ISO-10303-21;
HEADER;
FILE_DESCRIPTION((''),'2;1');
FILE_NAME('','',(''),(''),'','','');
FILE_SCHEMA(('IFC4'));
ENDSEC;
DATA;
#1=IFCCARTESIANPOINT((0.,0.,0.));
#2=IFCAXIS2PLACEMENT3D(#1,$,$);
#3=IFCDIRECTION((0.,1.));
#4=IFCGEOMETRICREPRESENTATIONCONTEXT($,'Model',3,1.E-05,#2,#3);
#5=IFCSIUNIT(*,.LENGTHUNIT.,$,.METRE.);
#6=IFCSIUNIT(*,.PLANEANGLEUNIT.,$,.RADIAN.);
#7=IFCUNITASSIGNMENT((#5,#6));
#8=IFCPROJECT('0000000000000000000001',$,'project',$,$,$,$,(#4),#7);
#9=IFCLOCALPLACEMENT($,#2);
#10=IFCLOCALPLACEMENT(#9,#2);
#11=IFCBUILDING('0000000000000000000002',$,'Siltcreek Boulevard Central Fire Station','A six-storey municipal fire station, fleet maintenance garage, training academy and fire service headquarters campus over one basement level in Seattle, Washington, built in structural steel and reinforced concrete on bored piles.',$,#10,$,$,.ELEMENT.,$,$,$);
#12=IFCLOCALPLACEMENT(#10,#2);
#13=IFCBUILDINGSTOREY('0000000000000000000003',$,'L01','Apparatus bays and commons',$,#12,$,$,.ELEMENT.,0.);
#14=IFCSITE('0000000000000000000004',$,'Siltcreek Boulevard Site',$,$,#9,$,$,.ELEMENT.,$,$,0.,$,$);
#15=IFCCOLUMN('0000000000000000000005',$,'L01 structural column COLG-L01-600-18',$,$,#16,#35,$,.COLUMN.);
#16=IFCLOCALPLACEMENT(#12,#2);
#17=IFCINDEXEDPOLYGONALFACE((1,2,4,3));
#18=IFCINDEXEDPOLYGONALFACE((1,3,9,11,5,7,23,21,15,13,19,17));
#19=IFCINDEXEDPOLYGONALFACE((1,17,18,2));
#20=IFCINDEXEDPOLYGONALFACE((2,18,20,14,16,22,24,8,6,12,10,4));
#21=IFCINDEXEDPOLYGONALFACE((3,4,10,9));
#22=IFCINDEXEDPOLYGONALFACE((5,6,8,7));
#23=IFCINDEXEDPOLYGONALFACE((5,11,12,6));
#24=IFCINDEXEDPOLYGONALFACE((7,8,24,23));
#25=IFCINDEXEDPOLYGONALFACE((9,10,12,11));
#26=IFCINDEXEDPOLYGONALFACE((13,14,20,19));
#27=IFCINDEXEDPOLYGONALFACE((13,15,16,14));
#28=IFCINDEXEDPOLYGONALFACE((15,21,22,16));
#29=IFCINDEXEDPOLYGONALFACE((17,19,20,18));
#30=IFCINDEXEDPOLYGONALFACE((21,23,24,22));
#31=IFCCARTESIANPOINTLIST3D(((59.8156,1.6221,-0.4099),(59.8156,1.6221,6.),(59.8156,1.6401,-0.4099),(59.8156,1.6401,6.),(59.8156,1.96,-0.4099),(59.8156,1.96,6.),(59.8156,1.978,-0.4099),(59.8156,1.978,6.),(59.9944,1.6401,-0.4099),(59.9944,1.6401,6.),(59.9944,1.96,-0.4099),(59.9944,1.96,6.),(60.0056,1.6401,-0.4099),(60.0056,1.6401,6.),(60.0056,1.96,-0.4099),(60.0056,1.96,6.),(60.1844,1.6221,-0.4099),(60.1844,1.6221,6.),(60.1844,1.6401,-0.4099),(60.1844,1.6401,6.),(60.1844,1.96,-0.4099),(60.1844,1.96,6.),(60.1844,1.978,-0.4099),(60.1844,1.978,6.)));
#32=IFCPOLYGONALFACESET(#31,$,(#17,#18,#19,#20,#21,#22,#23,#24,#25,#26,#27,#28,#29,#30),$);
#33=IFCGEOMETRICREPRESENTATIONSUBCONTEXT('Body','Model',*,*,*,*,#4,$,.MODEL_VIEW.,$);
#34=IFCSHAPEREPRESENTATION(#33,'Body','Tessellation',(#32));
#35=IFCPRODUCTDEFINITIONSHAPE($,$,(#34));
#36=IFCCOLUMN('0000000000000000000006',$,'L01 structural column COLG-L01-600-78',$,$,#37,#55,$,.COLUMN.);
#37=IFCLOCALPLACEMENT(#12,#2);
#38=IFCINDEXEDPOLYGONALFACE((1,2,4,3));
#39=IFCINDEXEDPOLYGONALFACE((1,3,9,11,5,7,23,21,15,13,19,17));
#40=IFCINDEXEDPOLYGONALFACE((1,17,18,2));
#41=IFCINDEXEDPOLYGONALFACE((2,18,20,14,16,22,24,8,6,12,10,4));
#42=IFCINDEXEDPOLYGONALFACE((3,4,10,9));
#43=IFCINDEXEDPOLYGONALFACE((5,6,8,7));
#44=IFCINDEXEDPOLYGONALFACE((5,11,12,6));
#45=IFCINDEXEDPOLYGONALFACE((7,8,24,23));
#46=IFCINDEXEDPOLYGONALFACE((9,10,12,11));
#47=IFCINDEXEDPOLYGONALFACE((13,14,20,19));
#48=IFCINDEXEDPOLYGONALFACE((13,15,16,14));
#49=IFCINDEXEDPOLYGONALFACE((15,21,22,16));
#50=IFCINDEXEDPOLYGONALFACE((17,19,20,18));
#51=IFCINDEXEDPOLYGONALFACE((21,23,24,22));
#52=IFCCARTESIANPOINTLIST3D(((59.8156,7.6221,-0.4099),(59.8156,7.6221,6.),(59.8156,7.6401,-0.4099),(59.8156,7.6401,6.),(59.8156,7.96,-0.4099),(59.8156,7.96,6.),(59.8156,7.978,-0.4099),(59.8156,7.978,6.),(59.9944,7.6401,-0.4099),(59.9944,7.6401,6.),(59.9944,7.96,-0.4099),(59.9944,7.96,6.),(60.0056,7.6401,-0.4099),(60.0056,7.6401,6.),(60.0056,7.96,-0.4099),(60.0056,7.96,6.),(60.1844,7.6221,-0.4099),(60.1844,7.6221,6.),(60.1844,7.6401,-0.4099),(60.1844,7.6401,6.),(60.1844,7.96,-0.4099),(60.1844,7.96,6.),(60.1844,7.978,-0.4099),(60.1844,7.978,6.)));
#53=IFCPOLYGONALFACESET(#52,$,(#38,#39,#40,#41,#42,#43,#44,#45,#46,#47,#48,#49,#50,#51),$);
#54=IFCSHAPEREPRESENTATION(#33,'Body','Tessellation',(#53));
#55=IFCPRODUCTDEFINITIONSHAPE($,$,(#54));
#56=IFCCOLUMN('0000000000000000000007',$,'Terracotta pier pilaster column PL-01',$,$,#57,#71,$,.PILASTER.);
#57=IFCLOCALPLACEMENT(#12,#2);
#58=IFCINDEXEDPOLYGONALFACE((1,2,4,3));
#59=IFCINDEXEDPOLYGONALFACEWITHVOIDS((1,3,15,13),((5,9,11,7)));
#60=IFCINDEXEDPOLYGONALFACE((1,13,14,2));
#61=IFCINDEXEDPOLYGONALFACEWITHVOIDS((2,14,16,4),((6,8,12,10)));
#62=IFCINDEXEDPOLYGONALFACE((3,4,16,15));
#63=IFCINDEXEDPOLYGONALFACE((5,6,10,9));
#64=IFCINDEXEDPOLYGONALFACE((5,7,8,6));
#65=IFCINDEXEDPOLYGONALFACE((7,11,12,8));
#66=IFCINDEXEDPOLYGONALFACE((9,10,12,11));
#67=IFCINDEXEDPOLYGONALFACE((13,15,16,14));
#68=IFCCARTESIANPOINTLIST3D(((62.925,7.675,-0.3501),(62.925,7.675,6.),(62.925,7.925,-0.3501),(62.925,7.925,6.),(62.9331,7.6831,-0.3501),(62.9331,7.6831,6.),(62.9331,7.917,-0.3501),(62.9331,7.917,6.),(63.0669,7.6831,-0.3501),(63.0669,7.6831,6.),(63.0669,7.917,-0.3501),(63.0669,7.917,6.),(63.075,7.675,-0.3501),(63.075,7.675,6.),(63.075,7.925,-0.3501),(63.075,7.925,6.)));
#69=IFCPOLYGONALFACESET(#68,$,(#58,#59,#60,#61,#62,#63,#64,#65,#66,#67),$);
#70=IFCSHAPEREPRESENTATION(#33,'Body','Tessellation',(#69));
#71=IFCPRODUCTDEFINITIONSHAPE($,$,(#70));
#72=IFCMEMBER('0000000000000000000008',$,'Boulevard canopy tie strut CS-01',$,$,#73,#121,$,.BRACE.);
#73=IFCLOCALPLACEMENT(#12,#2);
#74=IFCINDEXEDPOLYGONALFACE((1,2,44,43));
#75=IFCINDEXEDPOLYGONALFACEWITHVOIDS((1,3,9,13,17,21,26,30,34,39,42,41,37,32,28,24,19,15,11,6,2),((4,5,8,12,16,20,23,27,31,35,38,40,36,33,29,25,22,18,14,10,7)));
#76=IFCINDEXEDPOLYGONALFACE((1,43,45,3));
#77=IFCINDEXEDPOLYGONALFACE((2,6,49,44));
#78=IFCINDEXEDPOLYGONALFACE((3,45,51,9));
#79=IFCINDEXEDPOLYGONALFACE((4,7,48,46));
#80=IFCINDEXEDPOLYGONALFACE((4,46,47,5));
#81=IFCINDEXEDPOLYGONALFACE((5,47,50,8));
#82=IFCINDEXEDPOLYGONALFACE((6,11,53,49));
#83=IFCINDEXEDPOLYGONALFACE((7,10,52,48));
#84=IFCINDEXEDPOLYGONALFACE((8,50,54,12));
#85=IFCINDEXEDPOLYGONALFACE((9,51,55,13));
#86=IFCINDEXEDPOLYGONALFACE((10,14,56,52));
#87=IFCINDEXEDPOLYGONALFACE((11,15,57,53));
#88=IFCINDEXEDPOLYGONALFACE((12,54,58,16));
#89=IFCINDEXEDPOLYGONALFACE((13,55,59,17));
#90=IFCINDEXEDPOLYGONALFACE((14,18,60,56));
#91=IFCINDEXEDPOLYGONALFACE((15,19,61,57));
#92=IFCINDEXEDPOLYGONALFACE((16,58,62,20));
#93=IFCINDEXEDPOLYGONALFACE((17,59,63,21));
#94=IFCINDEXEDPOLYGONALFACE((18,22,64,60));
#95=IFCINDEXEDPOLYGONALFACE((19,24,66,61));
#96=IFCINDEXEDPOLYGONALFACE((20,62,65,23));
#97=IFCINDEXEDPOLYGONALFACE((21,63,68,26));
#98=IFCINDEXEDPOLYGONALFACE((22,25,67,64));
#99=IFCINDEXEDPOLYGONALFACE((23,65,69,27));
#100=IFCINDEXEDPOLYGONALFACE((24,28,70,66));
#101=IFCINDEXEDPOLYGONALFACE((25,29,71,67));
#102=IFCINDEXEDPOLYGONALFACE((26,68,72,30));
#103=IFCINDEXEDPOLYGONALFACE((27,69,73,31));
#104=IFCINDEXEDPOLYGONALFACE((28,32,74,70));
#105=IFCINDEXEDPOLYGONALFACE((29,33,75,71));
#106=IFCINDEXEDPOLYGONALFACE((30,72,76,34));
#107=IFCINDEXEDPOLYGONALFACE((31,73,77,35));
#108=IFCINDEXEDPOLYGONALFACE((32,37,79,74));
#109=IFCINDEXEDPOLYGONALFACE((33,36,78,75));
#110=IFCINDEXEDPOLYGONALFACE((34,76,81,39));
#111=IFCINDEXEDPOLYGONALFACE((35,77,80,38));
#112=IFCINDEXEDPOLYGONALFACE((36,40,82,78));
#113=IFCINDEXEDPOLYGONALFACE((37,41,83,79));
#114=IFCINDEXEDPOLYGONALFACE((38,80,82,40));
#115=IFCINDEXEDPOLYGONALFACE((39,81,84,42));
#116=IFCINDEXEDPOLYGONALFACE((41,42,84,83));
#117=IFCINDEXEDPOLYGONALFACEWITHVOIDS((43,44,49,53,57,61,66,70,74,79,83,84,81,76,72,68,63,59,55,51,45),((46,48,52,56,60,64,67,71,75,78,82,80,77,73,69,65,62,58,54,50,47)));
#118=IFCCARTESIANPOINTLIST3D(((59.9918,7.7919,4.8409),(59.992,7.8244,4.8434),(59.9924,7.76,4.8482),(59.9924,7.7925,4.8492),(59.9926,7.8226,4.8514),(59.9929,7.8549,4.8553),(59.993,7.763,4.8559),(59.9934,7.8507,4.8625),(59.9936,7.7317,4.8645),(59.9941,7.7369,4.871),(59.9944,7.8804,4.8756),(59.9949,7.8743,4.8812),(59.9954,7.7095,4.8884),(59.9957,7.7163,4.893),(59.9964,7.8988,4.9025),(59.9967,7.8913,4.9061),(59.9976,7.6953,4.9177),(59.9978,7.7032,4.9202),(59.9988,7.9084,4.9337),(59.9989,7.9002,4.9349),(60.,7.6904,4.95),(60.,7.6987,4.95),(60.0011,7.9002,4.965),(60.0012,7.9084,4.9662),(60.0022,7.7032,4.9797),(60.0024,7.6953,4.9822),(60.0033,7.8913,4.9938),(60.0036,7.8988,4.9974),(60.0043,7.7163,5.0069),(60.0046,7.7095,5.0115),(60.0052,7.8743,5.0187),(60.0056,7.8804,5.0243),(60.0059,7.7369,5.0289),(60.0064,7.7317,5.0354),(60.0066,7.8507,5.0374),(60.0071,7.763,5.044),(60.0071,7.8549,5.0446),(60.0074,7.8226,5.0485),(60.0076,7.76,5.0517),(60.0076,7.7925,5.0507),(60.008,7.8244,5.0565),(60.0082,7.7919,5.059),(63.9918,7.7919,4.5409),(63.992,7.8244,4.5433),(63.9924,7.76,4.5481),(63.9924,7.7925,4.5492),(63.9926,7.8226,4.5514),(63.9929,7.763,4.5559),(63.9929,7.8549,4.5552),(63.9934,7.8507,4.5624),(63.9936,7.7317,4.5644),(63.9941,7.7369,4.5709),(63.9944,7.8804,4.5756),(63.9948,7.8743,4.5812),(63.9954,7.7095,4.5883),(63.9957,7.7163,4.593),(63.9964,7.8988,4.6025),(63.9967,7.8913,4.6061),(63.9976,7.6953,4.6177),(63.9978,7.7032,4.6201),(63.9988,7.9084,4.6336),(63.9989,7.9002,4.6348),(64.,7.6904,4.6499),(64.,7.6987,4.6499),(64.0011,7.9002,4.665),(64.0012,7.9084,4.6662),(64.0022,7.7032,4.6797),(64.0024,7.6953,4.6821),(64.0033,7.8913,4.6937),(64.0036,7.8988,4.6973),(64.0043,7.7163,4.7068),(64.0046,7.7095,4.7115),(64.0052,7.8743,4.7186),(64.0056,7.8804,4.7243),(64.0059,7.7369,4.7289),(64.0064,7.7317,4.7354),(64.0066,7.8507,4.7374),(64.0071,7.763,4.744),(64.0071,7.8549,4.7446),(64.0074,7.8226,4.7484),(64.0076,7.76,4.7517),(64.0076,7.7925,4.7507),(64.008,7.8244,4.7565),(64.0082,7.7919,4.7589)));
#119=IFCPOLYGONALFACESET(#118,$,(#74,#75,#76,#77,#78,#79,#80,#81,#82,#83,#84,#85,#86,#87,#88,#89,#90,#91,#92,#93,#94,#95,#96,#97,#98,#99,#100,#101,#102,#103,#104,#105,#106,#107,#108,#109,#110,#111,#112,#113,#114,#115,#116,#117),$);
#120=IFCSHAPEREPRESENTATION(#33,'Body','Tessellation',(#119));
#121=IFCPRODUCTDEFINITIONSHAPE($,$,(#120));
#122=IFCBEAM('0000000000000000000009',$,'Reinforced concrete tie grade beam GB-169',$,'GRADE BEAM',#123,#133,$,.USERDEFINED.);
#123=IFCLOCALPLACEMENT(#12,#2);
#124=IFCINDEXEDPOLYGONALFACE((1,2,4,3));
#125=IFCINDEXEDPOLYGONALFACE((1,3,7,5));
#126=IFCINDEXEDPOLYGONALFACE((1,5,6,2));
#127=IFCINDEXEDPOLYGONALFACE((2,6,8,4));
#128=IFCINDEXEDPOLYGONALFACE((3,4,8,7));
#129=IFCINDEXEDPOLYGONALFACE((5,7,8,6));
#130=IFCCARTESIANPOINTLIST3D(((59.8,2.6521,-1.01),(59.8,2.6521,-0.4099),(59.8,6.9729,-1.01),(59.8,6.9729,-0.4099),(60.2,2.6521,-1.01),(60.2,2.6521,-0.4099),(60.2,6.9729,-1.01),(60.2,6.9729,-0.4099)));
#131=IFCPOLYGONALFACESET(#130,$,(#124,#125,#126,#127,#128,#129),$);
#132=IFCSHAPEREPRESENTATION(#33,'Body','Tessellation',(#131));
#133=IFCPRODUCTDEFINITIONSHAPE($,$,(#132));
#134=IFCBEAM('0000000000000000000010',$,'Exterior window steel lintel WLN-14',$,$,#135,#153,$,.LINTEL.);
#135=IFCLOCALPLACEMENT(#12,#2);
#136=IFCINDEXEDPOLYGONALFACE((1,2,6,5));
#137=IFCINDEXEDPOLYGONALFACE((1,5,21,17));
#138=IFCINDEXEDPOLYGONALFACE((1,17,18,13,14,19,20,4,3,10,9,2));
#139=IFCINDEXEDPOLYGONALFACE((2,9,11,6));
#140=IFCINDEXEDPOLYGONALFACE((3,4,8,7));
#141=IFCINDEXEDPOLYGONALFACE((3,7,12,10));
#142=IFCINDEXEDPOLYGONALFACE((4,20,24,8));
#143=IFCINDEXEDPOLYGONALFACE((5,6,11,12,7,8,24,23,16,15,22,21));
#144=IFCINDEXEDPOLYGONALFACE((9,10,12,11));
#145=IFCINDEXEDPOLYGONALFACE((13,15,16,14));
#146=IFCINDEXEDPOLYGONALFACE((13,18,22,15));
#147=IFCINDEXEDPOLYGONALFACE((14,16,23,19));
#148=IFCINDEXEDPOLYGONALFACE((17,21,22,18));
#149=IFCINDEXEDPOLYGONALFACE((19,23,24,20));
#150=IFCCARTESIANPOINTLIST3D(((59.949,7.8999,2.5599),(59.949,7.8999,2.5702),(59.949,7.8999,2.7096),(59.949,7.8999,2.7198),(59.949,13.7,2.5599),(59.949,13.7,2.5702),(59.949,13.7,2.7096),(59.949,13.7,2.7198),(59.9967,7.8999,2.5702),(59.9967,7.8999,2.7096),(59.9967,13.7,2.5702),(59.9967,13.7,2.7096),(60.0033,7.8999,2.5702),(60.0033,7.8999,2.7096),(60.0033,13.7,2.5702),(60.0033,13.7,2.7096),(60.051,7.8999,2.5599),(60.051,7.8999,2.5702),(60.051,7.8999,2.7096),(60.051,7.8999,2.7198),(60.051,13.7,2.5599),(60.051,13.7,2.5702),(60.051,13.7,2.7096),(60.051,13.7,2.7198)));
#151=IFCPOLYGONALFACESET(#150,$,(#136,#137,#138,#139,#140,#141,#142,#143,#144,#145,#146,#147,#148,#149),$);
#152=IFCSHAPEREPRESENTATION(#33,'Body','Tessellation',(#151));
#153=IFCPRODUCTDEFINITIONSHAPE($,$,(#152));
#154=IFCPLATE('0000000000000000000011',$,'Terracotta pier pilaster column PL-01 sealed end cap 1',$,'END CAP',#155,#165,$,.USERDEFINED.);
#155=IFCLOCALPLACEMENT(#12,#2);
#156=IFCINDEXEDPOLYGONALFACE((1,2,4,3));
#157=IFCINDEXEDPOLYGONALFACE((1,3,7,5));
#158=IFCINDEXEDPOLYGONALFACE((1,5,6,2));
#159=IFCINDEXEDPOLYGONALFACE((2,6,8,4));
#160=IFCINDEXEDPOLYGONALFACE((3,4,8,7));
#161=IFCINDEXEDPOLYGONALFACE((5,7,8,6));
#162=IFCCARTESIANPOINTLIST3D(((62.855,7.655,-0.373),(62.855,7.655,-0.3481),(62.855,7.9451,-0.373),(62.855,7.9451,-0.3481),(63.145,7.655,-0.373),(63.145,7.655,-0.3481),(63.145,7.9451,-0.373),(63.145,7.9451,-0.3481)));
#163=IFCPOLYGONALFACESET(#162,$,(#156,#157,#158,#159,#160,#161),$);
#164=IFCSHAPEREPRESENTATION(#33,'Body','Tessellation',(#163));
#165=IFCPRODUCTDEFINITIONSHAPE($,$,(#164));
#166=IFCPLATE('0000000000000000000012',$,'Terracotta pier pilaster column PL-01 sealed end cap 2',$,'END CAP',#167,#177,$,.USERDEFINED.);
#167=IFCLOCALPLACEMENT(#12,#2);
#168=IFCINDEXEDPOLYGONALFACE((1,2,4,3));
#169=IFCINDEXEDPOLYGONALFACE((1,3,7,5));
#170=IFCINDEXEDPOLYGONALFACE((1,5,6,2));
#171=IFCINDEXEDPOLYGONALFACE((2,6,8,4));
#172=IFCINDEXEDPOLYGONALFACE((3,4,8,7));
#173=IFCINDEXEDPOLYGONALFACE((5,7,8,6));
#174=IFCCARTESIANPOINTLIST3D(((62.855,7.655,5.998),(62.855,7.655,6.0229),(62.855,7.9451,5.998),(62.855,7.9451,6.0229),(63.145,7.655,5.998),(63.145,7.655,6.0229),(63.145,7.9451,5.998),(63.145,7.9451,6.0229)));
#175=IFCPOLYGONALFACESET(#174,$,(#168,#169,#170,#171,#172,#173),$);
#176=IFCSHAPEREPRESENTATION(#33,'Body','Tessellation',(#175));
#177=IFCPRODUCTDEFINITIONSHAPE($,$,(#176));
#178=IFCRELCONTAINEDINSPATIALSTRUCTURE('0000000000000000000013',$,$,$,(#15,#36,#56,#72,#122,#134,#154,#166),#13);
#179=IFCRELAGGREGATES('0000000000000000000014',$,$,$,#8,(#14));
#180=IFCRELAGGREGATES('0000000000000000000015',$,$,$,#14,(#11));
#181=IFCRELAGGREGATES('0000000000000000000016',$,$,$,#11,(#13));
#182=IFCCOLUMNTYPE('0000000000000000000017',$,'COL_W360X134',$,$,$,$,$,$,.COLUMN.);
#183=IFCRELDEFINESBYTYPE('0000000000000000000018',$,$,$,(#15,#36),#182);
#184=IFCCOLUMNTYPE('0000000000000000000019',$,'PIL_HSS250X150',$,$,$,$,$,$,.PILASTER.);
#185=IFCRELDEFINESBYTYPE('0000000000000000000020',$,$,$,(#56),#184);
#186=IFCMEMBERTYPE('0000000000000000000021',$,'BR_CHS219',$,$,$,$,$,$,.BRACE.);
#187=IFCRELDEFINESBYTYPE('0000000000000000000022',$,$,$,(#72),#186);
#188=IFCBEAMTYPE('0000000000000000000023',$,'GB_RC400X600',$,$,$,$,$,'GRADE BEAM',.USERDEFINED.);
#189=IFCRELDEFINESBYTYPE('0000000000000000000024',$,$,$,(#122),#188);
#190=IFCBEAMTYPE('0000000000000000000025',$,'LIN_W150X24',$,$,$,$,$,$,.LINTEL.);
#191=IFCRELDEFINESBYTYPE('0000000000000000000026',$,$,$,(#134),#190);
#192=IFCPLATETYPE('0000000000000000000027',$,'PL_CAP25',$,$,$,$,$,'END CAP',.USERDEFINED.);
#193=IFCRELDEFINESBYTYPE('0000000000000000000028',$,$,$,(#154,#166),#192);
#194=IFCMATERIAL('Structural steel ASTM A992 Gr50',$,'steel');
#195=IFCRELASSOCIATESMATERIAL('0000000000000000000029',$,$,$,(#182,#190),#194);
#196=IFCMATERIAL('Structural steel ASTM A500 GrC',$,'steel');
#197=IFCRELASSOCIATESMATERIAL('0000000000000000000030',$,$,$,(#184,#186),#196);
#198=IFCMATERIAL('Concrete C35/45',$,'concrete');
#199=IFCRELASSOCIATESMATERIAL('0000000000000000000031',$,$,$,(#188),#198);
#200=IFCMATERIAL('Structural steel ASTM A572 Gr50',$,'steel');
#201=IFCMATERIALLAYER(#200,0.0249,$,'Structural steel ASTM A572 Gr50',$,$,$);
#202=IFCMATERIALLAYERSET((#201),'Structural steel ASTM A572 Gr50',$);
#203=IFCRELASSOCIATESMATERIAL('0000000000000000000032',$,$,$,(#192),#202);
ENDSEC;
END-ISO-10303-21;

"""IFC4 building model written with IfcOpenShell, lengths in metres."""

from ifc_helpers import new_model, si_unit, direction, frame, origin, origin_2d, place, context, subcontext, project, spatial, rectangle, hollow_rectangle, hollow_circle, i_section, extrude, material, layer, layer_set, material_profile, profile_set, type_object, element, save


model = new_model("IFC4")

# Units and contexts
model_context = context("Model", 3, precision=1e-05, world=origin(), true_north=direction((0.0, 1.0)))
body_context = subcontext(model_context, "Body", "Model", "MODEL_VIEW")
ifc_project = project(units=[si_unit("LENGTHUNIT", "METRE"), si_unit("PLANEANGLEUNIT", "RADIAN")], contexts=[model_context])

# Site, building, storey
site_placement = place(None, origin())
site = spatial("IfcSite", under=ifc_project, at=site_placement, Name="Siltcreek Boulevard Site", CompositionType="ELEMENT", RefElevation=0.0)
building_placement = place(site_placement, origin())
building = spatial("IfcBuilding", under=site, at=building_placement, Name="Siltcreek Boulevard Central Fire Station", Description="A six-storey municipal fire station, fleet maintenance garage, training academy and fire service headquarters campus over one basement level in Seattle, Washington, built in structural steel and reinforced concrete on bored piles.", CompositionType="ELEMENT")
storey_placement = place(building_placement, origin())
storey = spatial("IfcBuildingStorey", under=building, at=storey_placement, Name="L01", Description="Apparatus bays and commons", CompositionType="ELEMENT", Elevation=0.0)

# Shared definitions
ifc_material_1 = material(Name="Concrete C35/45", Category="concrete")

# Columns
ifc_material_2 = material(Name="Structural steel ASTM A500 GrC", Category="steel")
ifc_material_3 = material(Name="Structural steel ASTM A992 Gr50", Category="steel")
ifc_material_profile_1 = material_profile(ifc_material_3, i_section(OverallWidth=0.3689, OverallDepth=0.356, WebThickness=0.0112, FlangeThickness=0.0181, at=origin_2d()), Name="W360X134")
ifc_profile_set_1 = profile_set([ifc_material_profile_1], Name="Structural steel ASTM A992 Gr50")
column_type_1 = type_object("IfcColumnType", Name="COL_W360X134", PredefinedType="COLUMN", material=ifc_profile_set_1)
for number, where, z_axis, x_axis, name in (
    (1, (60.0, 1.8, -0.4099), (0.0, 0.0, 1.0), (1.0, 0.0, 0.0), "L01 structural column COLG-L01-600-18"),
    (2, (60.0, 7.8, -0.4099), (0.0, 0.0, 1.0), (1.0, 0.0, 0.0), "L01 structural column COLG-L01-600-78"),
):
    element("IfcColumn", number, at=place(storey_placement, frame(where, z_axis=z_axis, x_axis=x_axis)), inside=storey, type_object=column_type_1, Name=name, PredefinedType="COLUMN", context=body_context, shape_type="SweptSolid", body=[
        extrude(i_section(OverallWidth=0.3689, OverallDepth=0.356, WebThickness=0.0112, FlangeThickness=0.0181, at=origin_2d()), origin(), (0.0, 0.0, 1.0), 6.4099),
    ])
ifc_material_profile_2 = material_profile(ifc_material_2, hollow_rectangle(XDim=0.1499, YDim=0.25, WallThickness=0.0081, at=origin_2d()), Name="HSS250X150X8.0")
ifc_profile_set_2 = profile_set([ifc_material_profile_2], Name="Structural steel ASTM A500 GrC")
column_type_2 = type_object("IfcColumnType", Name="PIL_HSS250X150", PredefinedType="PILASTER", material=ifc_profile_set_2)
column_1_placement = place(storey_placement, frame((63.0, 7.8, -0.3501), z_axis=(0.0, 0.0, 1.0), x_axis=(1.0, 0.0, 0.0)))
element("IfcColumn", 3, at=column_1_placement, inside=storey, type_object=column_type_2, Name="Terracotta pier pilaster column PL-01", PredefinedType="PILASTER", context=body_context, shape_type="SweptSolid", body=[
    extrude(hollow_rectangle(XDim=0.1499, YDim=0.25, WallThickness=0.0081, at=origin_2d()), origin(), (0.0, 0.0, 1.0), 6.3501),
])

# Member
ifc_material_profile_3 = material_profile(ifc_material_2, hollow_circle(Radius=0.1096, WallThickness=0.0083, at=origin_2d()), Name="HSS219.1X8.2")
ifc_profile_set_3 = profile_set([ifc_material_profile_3], Name="Structural steel ASTM A500 GrC")
member_type = type_object("IfcMemberType", Name="BR_CHS219", PredefinedType="BRACE", material=ifc_profile_set_3)
member_placement = place(storey_placement, frame((64.0, 7.8, 4.6499), z_axis=(-0.997198, 0.0, 0.074802), x_axis=(0.0, -1.0, 0.0)))
element("IfcMember", 4, at=member_placement, inside=storey, type_object=member_type, Name="Boulevard canopy tie strut CS-01", PredefinedType="BRACE", context=body_context, shape_type="SweptSolid", body=[
    extrude(hollow_circle(Radius=0.1096, WallThickness=0.0083, at=origin_2d()), origin(), (0.0, 0.0, 1.0), 4.0112),
])

# Beams
ifc_material_profile_4 = material_profile(ifc_material_1, rectangle(XDim=0.3999, YDim=0.6001, at=origin_2d()), Name="RC400X600")
ifc_profile_set_4 = profile_set([ifc_material_profile_4], Name="Concrete C35/45")
beam_type_1 = type_object("IfcBeamType", Name="GB_RC400X600", ElementType="GRADE BEAM", PredefinedType="USERDEFINED", material=ifc_profile_set_4)
beam_1_placement = place(storey_placement, frame((60.0, 2.6521, -0.71), z_axis=(0.0, 1.0, 0.0), x_axis=(-1.0, 0.0, 0.0)))
element("IfcBeam", 5, at=beam_1_placement, inside=storey, type_object=beam_type_1, Name="Reinforced concrete tie grade beam GB-169", ObjectType="GRADE BEAM", PredefinedType="USERDEFINED", context=body_context, shape_type="SweptSolid", body=[
    extrude(rectangle(XDim=0.3999, YDim=0.6001, at=origin_2d()), origin(), (0.0, 0.0, 1.0), 4.3208),
])
ifc_material_profile_5 = material_profile(ifc_material_3, i_section(OverallWidth=0.1021, OverallDepth=0.1599, WebThickness=0.0066, FlangeThickness=0.0103, at=origin_2d()), Name="W150X24")
ifc_profile_set_5 = profile_set([ifc_material_profile_5], Name="Structural steel ASTM A992 Gr50")
beam_type_2 = type_object("IfcBeamType", Name="LIN_W150X24", PredefinedType="LINTEL", material=ifc_profile_set_5)
beam_2_placement = place(storey_placement, frame((60.0, 7.8999, 2.6399), z_axis=(0.0, 1.0, 0.0), x_axis=(-1.0, 0.0, 0.0)))
element("IfcBeam", 6, at=beam_2_placement, inside=storey, type_object=beam_type_2, Name="Exterior window steel lintel WLN-14", PredefinedType="LINTEL", context=body_context, shape_type="SweptSolid", body=[
    extrude(i_section(OverallWidth=0.1021, OverallDepth=0.1599, WebThickness=0.0066, FlangeThickness=0.0103, at=origin_2d()), origin(), (0.0, 0.0, 1.0), 5.8),
])

# Plates
ifc_material_4 = material(Name="Structural steel ASTM A572 Gr50", Category="steel")
ifc_layer_1 = layer(ifc_material_4, 0.0249, Name="Structural steel ASTM A572 Gr50")
ifc_layer_set_1 = layer_set([ifc_layer_1], Name="Structural steel ASTM A572 Gr50")
plate_type = type_object("IfcPlateType", Name="PL_CAP25", ElementType="END CAP", PredefinedType="USERDEFINED", material=ifc_layer_set_1)
for number, where, z_axis, x_axis, name in (
    (7, (63.0, 7.8, -0.373), (0.0, 0.0, 1.0), (1.0, 0.0, 0.0), "Terracotta pier pilaster column PL-01 sealed end cap 1"),
    (8, (63.0, 7.8, 5.998), (0.0, 0.0, 1.0), (1.0, 0.0, 0.0), "Terracotta pier pilaster column PL-01 sealed end cap 2"),
):
    element("IfcPlate", number, at=place(storey_placement, frame(where, z_axis=z_axis, x_axis=x_axis)), inside=storey, type_object=plate_type, Name=name, ObjectType="END CAP", PredefinedType="USERDEFINED", context=body_context, shape_type="SweptSolid", body=[
        extrude(rectangle(XDim=0.29, YDim=0.29, at=origin_2d()), origin(), (0.0, 0.0, 1.0), 0.0249),
    ])

save(model, "model.ifc")
